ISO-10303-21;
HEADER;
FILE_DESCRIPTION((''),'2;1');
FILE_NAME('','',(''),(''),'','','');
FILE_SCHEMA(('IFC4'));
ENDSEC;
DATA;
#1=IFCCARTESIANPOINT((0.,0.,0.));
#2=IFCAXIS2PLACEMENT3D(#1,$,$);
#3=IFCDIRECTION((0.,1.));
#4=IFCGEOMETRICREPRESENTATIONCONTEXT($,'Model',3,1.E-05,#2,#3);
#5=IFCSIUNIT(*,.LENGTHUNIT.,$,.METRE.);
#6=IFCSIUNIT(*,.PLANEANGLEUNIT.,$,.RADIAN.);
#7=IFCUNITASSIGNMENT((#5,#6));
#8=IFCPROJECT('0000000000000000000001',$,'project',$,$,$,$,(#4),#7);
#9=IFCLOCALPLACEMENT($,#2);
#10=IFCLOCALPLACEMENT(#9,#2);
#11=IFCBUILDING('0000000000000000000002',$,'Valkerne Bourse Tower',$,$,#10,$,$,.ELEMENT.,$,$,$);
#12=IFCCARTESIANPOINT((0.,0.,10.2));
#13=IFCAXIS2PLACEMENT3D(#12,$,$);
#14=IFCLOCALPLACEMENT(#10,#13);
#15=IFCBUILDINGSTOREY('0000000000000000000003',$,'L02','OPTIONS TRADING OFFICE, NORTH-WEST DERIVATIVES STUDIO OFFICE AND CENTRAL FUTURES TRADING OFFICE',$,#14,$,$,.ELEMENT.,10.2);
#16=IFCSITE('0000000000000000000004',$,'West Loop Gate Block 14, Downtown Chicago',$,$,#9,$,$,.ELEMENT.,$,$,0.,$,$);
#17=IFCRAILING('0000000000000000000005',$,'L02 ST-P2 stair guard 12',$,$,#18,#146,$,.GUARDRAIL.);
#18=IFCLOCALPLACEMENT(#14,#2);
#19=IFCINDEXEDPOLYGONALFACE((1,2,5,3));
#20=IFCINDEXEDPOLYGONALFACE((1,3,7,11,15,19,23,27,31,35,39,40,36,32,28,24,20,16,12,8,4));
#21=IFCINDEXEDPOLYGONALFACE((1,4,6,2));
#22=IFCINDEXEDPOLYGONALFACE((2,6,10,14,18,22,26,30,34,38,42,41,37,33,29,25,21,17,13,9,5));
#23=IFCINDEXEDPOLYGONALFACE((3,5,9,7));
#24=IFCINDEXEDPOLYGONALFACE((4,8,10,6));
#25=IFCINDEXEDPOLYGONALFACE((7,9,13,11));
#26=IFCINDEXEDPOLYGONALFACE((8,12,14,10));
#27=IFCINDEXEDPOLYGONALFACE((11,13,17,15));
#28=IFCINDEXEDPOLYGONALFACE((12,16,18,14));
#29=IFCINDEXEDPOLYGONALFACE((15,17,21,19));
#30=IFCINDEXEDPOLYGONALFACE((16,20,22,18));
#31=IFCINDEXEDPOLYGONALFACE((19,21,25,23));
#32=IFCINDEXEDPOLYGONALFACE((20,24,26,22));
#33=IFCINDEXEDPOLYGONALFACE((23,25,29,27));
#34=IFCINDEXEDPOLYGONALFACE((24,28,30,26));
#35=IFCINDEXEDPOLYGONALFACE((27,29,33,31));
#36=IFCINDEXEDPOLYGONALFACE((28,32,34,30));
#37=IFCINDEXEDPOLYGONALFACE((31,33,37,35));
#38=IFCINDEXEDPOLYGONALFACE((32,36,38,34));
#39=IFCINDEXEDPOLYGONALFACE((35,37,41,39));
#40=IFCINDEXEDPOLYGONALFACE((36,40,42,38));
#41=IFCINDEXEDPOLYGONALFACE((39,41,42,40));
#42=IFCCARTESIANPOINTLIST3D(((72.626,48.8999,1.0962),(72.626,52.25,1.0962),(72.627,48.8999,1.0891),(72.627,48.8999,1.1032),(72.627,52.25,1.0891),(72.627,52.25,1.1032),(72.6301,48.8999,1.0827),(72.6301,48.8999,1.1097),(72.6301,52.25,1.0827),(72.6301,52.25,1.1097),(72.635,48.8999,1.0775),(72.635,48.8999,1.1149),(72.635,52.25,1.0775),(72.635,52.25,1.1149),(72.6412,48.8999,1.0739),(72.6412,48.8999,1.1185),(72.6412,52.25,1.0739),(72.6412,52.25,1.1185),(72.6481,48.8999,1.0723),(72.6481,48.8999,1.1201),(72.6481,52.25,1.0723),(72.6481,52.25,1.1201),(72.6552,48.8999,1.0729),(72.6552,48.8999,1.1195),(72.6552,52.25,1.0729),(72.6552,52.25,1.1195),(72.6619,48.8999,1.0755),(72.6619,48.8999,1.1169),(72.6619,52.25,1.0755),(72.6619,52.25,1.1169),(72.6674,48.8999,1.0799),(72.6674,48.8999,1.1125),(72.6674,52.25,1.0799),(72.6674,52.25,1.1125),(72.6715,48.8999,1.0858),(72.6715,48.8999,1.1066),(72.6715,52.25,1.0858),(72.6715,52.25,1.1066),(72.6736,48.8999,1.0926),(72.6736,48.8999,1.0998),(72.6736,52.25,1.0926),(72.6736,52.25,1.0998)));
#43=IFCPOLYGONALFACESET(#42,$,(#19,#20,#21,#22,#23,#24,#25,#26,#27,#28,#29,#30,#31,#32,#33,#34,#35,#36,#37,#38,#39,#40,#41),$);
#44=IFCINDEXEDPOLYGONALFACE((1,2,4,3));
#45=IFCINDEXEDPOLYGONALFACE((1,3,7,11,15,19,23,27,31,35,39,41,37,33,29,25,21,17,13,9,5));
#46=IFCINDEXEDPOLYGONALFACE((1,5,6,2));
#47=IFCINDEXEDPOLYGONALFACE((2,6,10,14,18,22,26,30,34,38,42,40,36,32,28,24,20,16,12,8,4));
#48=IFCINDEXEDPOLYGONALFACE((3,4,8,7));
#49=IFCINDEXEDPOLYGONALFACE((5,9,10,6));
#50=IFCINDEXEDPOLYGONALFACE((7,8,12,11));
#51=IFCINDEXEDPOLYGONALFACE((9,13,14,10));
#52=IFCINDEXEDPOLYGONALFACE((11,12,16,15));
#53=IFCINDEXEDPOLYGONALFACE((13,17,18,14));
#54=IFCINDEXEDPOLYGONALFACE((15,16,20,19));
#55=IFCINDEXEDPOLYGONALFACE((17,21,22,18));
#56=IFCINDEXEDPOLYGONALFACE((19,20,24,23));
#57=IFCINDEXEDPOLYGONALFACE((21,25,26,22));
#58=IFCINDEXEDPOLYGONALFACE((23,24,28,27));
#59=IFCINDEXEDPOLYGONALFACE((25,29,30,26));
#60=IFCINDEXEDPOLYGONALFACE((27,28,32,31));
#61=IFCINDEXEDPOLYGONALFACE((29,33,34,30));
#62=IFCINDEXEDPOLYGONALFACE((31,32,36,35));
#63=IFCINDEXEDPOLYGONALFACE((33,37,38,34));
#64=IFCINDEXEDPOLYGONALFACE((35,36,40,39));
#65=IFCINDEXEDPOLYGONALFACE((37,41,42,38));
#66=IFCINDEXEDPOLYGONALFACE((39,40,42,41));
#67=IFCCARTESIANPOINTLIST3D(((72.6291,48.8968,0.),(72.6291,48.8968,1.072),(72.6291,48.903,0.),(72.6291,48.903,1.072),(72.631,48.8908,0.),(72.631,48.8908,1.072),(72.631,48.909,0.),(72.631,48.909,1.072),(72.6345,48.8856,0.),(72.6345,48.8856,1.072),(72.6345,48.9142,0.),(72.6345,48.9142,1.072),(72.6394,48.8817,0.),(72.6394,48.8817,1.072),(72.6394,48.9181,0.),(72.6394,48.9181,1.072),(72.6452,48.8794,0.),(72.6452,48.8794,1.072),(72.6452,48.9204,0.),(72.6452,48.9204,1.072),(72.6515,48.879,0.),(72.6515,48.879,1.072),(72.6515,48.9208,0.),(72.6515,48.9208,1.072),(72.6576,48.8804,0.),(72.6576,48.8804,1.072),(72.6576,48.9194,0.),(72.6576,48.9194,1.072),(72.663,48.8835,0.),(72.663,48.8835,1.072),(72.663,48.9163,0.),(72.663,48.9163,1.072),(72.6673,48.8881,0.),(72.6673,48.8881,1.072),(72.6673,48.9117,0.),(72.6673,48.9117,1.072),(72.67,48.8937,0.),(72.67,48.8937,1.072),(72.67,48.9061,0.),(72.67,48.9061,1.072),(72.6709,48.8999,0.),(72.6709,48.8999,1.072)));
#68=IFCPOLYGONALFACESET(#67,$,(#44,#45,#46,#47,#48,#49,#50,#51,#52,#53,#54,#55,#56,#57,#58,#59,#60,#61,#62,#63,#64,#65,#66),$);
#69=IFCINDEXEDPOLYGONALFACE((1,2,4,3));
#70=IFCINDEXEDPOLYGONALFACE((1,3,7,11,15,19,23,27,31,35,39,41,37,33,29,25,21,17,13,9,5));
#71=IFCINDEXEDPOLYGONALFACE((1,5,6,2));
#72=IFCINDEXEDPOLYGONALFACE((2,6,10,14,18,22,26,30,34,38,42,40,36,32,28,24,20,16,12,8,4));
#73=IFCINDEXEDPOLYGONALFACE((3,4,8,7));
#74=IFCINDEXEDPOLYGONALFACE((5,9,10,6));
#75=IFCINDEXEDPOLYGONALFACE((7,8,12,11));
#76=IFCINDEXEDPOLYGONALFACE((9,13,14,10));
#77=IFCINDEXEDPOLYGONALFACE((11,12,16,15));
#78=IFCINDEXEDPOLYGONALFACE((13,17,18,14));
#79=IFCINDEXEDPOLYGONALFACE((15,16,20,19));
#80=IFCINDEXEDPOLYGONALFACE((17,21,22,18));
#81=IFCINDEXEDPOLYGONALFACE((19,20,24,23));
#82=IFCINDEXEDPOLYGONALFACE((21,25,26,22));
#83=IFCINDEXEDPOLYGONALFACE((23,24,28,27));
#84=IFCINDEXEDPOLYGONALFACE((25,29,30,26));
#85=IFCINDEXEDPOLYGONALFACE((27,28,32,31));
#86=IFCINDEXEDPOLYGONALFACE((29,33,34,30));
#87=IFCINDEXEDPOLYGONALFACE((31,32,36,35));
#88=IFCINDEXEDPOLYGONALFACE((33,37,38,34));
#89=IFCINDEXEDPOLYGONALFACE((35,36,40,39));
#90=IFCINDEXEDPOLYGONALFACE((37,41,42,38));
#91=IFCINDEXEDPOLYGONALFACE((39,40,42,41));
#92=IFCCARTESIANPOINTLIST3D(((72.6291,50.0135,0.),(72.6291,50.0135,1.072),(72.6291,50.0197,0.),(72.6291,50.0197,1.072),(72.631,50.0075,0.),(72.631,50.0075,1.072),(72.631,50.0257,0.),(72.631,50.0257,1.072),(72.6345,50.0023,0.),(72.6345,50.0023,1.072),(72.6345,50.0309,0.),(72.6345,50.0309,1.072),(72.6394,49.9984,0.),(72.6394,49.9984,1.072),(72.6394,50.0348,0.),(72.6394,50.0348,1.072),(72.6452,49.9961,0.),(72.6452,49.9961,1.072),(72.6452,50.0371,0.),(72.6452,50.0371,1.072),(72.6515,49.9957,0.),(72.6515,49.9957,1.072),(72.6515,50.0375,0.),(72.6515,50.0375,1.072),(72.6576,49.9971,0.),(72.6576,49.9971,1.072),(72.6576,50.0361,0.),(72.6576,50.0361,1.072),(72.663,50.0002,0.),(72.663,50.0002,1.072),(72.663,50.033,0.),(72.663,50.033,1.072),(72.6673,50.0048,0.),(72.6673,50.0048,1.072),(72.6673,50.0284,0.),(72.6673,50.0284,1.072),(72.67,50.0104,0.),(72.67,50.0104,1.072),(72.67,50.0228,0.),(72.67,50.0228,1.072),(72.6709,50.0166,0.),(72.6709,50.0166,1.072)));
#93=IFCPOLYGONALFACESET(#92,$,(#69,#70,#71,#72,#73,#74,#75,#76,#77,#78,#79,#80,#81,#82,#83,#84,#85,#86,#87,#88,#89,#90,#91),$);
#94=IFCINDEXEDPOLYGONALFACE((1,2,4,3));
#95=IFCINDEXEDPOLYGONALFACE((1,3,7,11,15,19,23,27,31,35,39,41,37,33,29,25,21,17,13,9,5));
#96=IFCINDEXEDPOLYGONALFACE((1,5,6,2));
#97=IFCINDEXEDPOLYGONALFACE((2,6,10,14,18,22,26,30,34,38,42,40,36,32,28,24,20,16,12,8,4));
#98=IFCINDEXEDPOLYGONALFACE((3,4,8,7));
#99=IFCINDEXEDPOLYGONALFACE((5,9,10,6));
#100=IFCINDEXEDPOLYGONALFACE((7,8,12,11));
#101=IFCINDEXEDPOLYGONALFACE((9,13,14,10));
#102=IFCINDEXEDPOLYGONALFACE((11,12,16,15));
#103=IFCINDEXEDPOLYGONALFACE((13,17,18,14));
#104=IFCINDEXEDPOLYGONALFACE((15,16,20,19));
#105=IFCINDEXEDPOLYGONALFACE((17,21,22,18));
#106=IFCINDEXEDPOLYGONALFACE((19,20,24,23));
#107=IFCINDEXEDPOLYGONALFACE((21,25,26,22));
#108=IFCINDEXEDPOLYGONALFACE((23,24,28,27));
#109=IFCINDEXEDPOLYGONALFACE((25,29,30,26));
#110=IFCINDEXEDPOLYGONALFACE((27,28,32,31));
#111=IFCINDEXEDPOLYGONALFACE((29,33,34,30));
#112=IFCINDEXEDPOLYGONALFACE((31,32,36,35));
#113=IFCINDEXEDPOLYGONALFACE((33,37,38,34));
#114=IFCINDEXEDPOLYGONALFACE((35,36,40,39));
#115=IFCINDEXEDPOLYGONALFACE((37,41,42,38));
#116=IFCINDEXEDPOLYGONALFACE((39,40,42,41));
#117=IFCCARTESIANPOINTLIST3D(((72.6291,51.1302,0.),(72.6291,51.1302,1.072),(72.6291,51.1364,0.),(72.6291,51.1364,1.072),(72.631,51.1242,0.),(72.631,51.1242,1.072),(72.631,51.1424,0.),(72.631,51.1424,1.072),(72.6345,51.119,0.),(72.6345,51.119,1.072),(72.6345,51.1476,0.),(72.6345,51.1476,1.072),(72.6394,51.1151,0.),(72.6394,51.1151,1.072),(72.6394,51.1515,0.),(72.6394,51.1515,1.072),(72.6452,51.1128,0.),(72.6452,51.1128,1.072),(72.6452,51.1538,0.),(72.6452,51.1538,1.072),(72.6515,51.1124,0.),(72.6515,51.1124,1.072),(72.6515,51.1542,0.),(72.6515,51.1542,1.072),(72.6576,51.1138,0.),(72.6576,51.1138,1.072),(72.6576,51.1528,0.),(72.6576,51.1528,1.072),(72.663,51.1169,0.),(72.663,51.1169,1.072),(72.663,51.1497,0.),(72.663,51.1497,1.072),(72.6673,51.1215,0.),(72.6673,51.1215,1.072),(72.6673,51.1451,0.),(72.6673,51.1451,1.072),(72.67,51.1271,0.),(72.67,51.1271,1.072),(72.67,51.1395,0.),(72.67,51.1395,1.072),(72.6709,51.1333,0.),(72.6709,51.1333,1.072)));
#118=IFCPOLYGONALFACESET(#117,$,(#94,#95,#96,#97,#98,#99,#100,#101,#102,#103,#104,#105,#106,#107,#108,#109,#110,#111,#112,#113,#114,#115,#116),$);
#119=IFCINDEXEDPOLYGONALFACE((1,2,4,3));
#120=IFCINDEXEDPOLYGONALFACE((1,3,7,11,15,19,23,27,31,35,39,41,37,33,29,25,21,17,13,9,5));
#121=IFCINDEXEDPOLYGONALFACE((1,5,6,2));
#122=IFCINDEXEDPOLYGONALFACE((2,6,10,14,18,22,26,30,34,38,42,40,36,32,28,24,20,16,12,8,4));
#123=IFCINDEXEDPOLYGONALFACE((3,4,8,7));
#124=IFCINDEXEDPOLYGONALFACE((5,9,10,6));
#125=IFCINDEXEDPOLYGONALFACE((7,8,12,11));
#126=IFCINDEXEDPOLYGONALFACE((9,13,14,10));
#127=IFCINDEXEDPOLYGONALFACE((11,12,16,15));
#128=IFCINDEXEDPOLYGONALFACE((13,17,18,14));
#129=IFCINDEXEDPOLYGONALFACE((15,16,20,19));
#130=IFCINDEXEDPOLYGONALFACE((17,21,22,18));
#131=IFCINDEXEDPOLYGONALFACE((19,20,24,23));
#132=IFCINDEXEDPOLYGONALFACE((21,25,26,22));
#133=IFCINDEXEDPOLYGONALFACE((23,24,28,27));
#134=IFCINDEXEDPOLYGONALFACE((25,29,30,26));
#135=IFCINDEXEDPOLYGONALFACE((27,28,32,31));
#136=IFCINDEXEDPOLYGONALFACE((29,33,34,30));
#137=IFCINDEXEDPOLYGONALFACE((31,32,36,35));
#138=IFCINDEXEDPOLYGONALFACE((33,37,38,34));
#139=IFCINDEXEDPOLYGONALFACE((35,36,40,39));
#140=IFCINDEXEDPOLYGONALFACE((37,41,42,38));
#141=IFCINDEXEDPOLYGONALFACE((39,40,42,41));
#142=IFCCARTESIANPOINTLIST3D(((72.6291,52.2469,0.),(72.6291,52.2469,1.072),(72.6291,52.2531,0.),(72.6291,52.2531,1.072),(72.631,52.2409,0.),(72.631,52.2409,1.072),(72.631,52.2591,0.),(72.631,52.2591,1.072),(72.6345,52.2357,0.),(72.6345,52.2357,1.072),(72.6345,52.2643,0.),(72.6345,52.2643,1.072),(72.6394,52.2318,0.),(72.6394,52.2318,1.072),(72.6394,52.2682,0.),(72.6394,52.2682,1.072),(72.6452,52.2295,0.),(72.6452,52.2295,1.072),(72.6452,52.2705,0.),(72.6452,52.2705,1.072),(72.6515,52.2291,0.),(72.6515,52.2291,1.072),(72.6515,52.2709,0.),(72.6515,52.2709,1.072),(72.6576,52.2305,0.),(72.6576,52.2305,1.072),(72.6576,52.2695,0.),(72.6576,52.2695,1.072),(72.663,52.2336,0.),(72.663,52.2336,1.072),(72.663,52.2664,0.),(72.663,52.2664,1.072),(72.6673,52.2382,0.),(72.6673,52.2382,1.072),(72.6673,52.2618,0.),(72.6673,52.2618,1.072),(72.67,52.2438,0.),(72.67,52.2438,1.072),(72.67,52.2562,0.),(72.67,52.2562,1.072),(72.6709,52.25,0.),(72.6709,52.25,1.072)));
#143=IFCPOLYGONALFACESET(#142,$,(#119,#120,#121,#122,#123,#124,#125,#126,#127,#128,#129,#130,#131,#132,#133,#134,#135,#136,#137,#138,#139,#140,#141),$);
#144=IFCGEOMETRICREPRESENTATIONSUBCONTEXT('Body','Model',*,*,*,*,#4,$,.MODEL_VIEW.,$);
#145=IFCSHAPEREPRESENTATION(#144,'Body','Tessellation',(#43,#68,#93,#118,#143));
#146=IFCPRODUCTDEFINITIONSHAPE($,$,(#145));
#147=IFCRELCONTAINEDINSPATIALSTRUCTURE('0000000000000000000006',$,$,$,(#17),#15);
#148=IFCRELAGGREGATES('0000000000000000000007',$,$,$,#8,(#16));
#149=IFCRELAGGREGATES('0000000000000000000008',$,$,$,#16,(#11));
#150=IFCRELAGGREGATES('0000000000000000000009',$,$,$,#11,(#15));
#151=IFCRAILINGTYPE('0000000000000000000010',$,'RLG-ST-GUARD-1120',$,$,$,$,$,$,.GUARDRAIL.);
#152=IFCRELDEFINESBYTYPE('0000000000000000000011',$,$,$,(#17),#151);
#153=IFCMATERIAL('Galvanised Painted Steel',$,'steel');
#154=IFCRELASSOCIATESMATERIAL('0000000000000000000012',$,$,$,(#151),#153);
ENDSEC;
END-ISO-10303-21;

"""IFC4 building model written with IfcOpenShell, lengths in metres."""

from ifc_helpers import new_model, si_unit, direction, frame, origin, origin_2d, place, context, subcontext, project, spatial, circle, extrude, material, type_object, element, save


model = new_model("IFC4")

# Units and contexts
model_context = context("Model", 3, precision=1e-05, world=origin(), true_north=direction((0.0, 1.0)))
body_context = subcontext(model_context, "Body", "Model", "MODEL_VIEW")
ifc_project = project(units=[si_unit("LENGTHUNIT", "METRE"), si_unit("PLANEANGLEUNIT", "RADIAN")], contexts=[model_context])

# Site, building, storey
site_placement = place(None, origin())
site = spatial("IfcSite", under=ifc_project, at=site_placement, Name="West Loop Gate Block 14, Downtown Chicago", CompositionType="ELEMENT", RefElevation=0.0)
building_placement = place(site_placement, origin())
building = spatial("IfcBuilding", under=site, at=building_placement, Name="Valkerne Bourse Tower", CompositionType="ELEMENT")
storey_placement = place(building_placement, frame((0.0, 0.0, 10.2)))
storey = spatial("IfcBuildingStorey", under=building, at=storey_placement, Name="L02", Description="OPTIONS TRADING OFFICE, NORTH-WEST DERIVATIVES STUDIO OFFICE AND CENTRAL FUTURES TRADING OFFICE", CompositionType="ELEMENT", Elevation=10.2)

# Shared definitions
ifc_material_1 = material(Name="Galvanised Painted Steel", Category="steel")

# Railing
railing_type = type_object("IfcRailingType", Name="RLG-ST-GUARD-1120", PredefinedType="GUARDRAIL", material=ifc_material_1)
railing_placement = place(storey_placement, frame((72.6499, 48.8999, 0.0)))
element("IfcRailing", 1, at=railing_placement, inside=storey, type_object=railing_type, Name="L02 ST-P2 stair guard 12", PredefinedType="GUARDRAIL", context=body_context, shape_type="SweptSolid", body=[
    extrude(circle(Radius=0.0239, at=origin_2d()), frame((0.0, 0.0, 1.0962), z_axis=(0.0, 1.0, 0.0), x_axis=(-1.0, 0.0, 0.0)), (0.0, 0.0, 1.0), 3.3501),
    extrude(circle(Radius=0.021, at=origin_2d()), origin(), (0.0, 0.0, 1.0), 1.072),
    extrude(circle(Radius=0.021, at=origin_2d()), frame((0.0, 1.1167, 0.0)), (0.0, 0.0, 1.0), 1.072),
    extrude(circle(Radius=0.021, at=origin_2d()), frame((0.0, 2.2334, 0.0)), (0.0, 0.0, 1.0), 1.072),
    extrude(circle(Radius=0.021, at=origin_2d()), frame((0.0, 3.3501, 0.0)), (0.0, 0.0, 1.0), 1.072),
])

save(model, "model.ifc")
